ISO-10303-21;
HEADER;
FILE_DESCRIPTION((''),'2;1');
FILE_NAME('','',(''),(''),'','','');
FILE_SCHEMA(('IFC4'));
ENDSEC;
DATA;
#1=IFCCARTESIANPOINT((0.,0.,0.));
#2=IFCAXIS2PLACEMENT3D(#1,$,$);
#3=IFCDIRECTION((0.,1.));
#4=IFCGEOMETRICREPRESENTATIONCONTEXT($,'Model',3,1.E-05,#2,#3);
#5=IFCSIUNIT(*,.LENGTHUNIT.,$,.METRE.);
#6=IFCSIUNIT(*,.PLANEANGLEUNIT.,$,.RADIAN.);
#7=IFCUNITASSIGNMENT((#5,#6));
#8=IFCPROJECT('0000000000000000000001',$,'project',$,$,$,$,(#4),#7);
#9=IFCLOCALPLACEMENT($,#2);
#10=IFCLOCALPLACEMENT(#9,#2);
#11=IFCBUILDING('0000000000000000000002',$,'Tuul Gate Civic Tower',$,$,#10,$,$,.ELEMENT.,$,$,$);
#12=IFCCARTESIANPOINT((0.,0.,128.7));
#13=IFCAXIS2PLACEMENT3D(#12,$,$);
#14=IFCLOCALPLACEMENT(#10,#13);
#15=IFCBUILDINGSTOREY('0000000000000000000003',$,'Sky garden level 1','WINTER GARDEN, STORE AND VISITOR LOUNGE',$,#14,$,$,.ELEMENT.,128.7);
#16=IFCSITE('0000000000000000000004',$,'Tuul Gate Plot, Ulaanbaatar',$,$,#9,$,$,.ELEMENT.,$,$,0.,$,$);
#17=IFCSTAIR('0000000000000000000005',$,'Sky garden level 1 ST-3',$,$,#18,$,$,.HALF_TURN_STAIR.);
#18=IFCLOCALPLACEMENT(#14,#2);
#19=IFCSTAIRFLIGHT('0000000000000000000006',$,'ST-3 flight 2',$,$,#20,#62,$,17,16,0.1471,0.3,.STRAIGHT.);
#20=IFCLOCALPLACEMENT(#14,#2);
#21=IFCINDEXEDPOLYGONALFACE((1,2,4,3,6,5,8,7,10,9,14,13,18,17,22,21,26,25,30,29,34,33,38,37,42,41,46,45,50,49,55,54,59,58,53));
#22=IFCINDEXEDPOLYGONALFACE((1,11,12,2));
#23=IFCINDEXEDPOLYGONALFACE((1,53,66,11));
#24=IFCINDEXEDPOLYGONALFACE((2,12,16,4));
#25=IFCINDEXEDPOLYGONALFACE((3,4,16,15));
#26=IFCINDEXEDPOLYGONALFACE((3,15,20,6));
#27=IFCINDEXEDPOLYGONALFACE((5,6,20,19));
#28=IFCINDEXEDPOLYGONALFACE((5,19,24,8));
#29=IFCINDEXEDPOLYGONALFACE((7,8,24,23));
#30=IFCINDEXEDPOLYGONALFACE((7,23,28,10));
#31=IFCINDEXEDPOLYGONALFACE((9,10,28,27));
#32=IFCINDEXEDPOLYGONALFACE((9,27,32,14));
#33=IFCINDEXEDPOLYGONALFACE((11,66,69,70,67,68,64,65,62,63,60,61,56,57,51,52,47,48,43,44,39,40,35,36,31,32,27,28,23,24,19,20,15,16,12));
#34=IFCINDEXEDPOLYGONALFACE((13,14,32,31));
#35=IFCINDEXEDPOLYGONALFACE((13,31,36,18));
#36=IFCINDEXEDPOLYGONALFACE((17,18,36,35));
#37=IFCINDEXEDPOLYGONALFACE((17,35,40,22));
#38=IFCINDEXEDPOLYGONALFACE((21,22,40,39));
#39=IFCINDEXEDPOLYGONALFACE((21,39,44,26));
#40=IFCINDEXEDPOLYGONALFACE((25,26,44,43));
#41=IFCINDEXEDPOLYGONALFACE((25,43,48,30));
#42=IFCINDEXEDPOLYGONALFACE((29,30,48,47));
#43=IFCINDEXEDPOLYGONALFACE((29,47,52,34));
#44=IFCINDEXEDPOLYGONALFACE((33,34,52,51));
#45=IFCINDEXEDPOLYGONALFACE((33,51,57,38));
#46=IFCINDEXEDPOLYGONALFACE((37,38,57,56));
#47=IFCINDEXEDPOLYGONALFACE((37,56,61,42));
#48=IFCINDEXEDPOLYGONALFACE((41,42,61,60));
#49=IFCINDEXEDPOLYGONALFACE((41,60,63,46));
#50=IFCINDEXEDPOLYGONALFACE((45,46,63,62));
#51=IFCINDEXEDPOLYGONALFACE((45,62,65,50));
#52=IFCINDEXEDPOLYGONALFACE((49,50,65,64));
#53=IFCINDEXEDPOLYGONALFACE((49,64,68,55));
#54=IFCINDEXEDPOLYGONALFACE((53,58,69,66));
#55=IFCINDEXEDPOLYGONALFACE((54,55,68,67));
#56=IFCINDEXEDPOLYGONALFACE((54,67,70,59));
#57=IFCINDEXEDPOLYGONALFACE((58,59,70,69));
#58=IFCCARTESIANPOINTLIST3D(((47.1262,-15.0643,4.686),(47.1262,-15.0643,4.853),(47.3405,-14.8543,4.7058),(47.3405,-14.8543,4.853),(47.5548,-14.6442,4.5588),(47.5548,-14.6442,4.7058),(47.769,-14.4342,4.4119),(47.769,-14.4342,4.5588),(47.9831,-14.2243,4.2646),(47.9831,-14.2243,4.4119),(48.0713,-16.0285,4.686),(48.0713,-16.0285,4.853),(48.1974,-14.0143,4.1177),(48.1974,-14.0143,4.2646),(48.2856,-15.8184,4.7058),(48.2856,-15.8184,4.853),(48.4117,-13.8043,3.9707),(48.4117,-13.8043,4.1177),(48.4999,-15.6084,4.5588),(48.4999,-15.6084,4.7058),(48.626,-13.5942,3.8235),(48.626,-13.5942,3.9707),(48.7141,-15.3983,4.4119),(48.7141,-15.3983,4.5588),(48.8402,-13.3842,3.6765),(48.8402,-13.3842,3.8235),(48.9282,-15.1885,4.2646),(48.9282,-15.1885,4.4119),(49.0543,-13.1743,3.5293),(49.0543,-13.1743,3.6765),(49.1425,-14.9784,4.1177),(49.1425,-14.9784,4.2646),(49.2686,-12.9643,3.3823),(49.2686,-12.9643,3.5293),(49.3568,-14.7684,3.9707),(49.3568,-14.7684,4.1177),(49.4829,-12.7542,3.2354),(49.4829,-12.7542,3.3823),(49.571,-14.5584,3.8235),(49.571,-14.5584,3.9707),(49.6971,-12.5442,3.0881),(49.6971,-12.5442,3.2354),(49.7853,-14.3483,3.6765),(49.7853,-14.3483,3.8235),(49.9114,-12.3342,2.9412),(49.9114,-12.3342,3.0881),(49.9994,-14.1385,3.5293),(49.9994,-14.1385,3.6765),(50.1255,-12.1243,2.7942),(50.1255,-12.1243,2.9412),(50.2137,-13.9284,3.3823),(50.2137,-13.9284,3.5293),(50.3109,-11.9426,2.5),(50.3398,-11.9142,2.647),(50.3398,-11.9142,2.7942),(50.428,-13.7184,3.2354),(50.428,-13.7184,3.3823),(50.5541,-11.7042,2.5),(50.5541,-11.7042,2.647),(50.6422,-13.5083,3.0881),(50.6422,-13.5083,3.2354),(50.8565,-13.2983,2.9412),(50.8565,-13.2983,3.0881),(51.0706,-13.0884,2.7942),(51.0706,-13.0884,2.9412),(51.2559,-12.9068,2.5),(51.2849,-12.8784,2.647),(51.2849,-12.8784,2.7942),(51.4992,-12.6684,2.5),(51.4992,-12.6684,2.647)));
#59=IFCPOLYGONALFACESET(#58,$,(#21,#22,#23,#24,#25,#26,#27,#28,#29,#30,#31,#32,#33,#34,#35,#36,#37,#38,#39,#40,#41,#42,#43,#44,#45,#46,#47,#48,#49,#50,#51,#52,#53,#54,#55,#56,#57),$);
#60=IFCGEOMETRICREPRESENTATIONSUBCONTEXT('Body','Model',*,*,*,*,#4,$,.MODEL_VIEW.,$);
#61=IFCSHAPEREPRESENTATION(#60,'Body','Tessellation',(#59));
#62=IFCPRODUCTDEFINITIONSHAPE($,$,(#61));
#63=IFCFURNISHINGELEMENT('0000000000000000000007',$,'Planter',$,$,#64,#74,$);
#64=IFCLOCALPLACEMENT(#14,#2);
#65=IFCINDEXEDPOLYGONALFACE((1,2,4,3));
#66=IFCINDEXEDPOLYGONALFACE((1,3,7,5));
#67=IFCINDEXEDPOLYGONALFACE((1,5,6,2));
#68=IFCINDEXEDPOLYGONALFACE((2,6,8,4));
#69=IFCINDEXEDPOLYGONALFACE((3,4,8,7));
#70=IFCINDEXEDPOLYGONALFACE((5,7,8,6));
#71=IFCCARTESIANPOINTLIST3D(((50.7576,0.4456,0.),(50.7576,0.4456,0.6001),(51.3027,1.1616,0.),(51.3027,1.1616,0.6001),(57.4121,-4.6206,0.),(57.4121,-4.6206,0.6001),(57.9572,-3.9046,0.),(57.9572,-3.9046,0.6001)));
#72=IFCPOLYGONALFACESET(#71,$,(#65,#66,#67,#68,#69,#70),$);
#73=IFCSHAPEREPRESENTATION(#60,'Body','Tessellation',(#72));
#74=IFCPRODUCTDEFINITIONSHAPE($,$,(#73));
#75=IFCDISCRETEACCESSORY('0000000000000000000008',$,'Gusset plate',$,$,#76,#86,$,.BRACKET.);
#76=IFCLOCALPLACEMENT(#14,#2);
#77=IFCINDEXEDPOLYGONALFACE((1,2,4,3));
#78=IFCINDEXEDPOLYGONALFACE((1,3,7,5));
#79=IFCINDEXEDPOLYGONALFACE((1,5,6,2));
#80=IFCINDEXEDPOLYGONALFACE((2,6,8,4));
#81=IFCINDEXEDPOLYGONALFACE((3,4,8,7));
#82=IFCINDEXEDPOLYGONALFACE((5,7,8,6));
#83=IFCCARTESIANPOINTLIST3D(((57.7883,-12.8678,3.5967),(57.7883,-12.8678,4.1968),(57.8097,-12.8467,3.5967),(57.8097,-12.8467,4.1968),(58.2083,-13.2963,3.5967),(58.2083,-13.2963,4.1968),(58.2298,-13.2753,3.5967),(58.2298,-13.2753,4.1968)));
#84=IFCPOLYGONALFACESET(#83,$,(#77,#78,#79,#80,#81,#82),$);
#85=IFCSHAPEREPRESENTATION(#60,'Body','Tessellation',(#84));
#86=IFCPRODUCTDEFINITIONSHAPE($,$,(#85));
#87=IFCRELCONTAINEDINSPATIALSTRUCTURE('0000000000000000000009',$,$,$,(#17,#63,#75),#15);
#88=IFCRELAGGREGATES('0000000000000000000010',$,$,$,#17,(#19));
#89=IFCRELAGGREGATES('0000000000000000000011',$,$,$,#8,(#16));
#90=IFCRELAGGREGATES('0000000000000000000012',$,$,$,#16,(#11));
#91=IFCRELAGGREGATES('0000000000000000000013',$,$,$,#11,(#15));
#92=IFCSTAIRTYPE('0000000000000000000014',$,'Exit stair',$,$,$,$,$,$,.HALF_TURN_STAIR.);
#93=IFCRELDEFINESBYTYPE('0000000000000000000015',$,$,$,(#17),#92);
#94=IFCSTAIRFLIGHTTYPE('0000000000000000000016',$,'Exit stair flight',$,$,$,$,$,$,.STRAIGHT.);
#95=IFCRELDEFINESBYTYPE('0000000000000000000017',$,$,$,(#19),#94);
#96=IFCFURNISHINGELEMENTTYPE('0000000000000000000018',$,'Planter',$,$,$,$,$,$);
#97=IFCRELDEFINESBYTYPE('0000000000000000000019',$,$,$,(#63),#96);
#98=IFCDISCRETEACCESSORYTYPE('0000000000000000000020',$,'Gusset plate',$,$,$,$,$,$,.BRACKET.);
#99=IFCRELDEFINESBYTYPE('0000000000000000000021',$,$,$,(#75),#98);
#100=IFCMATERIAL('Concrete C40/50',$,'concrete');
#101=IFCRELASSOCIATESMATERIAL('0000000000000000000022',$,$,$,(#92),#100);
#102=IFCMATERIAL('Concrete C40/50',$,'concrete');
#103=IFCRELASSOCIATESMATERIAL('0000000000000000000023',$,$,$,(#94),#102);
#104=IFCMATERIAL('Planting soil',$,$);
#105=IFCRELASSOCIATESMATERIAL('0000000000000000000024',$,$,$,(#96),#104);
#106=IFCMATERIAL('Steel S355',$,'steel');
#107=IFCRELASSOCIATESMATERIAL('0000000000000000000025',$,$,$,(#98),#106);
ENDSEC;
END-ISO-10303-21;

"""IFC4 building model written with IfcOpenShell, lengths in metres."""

from ifc_helpers import new_model, si_unit, direction, frame, origin, origin_2d, place, context, subcontext, project, spatial, polyline, rectangle, outline, extrude, material, type_object, element, aggregate, save


model = new_model("IFC4")

# Units and contexts
model_context = context("Model", 3, precision=1e-05, world=origin(), true_north=direction((0.0, 1.0)))
body_context = subcontext(model_context, "Body", "Model", "MODEL_VIEW")
ifc_project = project(units=[si_unit("LENGTHUNIT", "METRE"), si_unit("PLANEANGLEUNIT", "RADIAN")], contexts=[model_context])

# Site, building, storey
site_placement = place(None, origin())
site = spatial("IfcSite", under=ifc_project, at=site_placement, Name="Tuul Gate Plot, Ulaanbaatar", CompositionType="ELEMENT", RefElevation=0.0)
building_placement = place(site_placement, origin())
building = spatial("IfcBuilding", under=site, at=building_placement, Name="Tuul Gate Civic Tower", CompositionType="ELEMENT")
storey_placement = place(building_placement, frame((0.0, 0.0, 128.7)))
storey = spatial("IfcBuildingStorey", under=building, at=storey_placement, Name="Sky garden level 1", Description="WINTER GARDEN, STORE AND VISITOR LOUNGE", CompositionType="ELEMENT", Elevation=128.7)

# Stair, stair flight
ifc_material_1 = material(Name="Concrete C40/50", Category="concrete")
stair_type = type_object("IfcStairType", Name="Exit stair", PredefinedType="HALF_TURN_STAIR", material=ifc_material_1)
stair_placement = place(storey_placement, origin())
stair = element("IfcStair", 1, at=stair_placement, inside=storey, type_object=stair_type, Name="Sky garden level 1 ST-3", PredefinedType="HALF_TURN_STAIR")
ifc_material_2 = material(Name="Concrete C40/50", Category="concrete")
stair_flight_type = type_object("IfcStairFlightType", Name="Exit stair flight", PredefinedType="STRAIGHT", material=ifc_material_2)
stair_flight_placement = place(storey_placement, frame((51.0266, -12.1863, 2.5), z_axis=(0.0, 0.0, 1.0), x_axis=(-0.714127, -0.700016, 0.0)))
stair_flight = element("IfcStairFlight", 2, at=stair_flight_placement, type_object=stair_flight_type, Name="ST-3 flight 2", NumberOfRisers=17, NumberOfTreads=16, PredefinedType="STRAIGHT", RiserHeight=0.1471, TreadLength=0.3, context=body_context, shape_type="SweptSolid", body=[
    extrude(outline(polyline([(0.0, 0.0), (0.0, 0.147), (0.3, 0.147), (0.3, 0.2942), (0.6001, 0.2942), (0.6001, 0.4412), (0.8999, 0.4412), (0.8999, 0.5881), (1.2, 0.5881), (1.2, 0.7354), (1.5, 0.7354), (1.5, 0.8823), (1.8, 0.8823), (1.8, 1.0293), (2.1001, 1.0293), (2.1001, 1.1765), (2.3999, 1.1765), (2.3999, 1.3235), (2.7, 1.3235), (2.7, 1.4707), (3.0, 1.4707), (3.0, 1.6177), (3.3, 1.6177), (3.3, 1.7646), (3.6001, 1.7646), (3.6001, 1.9119), (3.8999, 1.9119), (3.8999, 2.0588), (4.2, 2.0588), (4.2, 2.2058), (4.5, 2.2058), (4.5, 2.353), (4.8, 2.353), (4.8, 2.5), (4.8, 2.186), (0.3406, 0.0), (0.0, 0.0)])), frame((0.0, 0.675, 0.0), z_axis=(0.0, -1.0, 0.0), x_axis=(1.0, 0.0, 0.0)), (0.0, 0.0, 1.0), 1.3501),
])
aggregate(stair, [stair_flight])

# Furnishing element
ifc_material_3 = material(Name="Planting soil")
furnishing_element_type = type_object("IfcFurnishingElementType", Name="Planter", material=ifc_material_3)
furnishing_placement = place(storey_placement, frame((54.3574, -1.7295, 0.0), z_axis=(0.0, 0.0, 1.0), x_axis=(-0.795653, 0.605752, 0.0)))
element("IfcFurnishingElement", 3, at=furnishing_placement, inside=storey, type_object=furnishing_element_type, Name="Planter", context=body_context, shape_type="SweptSolid", body=[
    extrude(rectangle(XDim=8.3635, YDim=0.8999, at=origin_2d()), origin(), (0.0, 0.0, 1.0), 0.6001),
])

# Discrete accessory
ifc_material_4 = material(Name="Steel S355", Category="steel")
discrete_accessory_type = type_object("IfcDiscreteAccessoryType", Name="Gusset plate", PredefinedType="BRACKET", material=ifc_material_4)
discrete_accessory_placement = place(storey_placement, frame((58.009, -13.0715, 3.5967), z_axis=(0.0, 0.0, 1.0), x_axis=(0.7, -0.714143, 0.0)))
element("IfcDiscreteAccessory", 4, at=discrete_accessory_placement, inside=storey, type_object=discrete_accessory_type, Name="Gusset plate", PredefinedType="BRACKET", context=body_context, shape_type="SweptSolid", body=[
    extrude(rectangle(XDim=0.6001, YDim=0.03, at=origin_2d()), origin(), (0.0, 0.0, 1.0), 0.6001),
])

save(model, "model.ifc")
